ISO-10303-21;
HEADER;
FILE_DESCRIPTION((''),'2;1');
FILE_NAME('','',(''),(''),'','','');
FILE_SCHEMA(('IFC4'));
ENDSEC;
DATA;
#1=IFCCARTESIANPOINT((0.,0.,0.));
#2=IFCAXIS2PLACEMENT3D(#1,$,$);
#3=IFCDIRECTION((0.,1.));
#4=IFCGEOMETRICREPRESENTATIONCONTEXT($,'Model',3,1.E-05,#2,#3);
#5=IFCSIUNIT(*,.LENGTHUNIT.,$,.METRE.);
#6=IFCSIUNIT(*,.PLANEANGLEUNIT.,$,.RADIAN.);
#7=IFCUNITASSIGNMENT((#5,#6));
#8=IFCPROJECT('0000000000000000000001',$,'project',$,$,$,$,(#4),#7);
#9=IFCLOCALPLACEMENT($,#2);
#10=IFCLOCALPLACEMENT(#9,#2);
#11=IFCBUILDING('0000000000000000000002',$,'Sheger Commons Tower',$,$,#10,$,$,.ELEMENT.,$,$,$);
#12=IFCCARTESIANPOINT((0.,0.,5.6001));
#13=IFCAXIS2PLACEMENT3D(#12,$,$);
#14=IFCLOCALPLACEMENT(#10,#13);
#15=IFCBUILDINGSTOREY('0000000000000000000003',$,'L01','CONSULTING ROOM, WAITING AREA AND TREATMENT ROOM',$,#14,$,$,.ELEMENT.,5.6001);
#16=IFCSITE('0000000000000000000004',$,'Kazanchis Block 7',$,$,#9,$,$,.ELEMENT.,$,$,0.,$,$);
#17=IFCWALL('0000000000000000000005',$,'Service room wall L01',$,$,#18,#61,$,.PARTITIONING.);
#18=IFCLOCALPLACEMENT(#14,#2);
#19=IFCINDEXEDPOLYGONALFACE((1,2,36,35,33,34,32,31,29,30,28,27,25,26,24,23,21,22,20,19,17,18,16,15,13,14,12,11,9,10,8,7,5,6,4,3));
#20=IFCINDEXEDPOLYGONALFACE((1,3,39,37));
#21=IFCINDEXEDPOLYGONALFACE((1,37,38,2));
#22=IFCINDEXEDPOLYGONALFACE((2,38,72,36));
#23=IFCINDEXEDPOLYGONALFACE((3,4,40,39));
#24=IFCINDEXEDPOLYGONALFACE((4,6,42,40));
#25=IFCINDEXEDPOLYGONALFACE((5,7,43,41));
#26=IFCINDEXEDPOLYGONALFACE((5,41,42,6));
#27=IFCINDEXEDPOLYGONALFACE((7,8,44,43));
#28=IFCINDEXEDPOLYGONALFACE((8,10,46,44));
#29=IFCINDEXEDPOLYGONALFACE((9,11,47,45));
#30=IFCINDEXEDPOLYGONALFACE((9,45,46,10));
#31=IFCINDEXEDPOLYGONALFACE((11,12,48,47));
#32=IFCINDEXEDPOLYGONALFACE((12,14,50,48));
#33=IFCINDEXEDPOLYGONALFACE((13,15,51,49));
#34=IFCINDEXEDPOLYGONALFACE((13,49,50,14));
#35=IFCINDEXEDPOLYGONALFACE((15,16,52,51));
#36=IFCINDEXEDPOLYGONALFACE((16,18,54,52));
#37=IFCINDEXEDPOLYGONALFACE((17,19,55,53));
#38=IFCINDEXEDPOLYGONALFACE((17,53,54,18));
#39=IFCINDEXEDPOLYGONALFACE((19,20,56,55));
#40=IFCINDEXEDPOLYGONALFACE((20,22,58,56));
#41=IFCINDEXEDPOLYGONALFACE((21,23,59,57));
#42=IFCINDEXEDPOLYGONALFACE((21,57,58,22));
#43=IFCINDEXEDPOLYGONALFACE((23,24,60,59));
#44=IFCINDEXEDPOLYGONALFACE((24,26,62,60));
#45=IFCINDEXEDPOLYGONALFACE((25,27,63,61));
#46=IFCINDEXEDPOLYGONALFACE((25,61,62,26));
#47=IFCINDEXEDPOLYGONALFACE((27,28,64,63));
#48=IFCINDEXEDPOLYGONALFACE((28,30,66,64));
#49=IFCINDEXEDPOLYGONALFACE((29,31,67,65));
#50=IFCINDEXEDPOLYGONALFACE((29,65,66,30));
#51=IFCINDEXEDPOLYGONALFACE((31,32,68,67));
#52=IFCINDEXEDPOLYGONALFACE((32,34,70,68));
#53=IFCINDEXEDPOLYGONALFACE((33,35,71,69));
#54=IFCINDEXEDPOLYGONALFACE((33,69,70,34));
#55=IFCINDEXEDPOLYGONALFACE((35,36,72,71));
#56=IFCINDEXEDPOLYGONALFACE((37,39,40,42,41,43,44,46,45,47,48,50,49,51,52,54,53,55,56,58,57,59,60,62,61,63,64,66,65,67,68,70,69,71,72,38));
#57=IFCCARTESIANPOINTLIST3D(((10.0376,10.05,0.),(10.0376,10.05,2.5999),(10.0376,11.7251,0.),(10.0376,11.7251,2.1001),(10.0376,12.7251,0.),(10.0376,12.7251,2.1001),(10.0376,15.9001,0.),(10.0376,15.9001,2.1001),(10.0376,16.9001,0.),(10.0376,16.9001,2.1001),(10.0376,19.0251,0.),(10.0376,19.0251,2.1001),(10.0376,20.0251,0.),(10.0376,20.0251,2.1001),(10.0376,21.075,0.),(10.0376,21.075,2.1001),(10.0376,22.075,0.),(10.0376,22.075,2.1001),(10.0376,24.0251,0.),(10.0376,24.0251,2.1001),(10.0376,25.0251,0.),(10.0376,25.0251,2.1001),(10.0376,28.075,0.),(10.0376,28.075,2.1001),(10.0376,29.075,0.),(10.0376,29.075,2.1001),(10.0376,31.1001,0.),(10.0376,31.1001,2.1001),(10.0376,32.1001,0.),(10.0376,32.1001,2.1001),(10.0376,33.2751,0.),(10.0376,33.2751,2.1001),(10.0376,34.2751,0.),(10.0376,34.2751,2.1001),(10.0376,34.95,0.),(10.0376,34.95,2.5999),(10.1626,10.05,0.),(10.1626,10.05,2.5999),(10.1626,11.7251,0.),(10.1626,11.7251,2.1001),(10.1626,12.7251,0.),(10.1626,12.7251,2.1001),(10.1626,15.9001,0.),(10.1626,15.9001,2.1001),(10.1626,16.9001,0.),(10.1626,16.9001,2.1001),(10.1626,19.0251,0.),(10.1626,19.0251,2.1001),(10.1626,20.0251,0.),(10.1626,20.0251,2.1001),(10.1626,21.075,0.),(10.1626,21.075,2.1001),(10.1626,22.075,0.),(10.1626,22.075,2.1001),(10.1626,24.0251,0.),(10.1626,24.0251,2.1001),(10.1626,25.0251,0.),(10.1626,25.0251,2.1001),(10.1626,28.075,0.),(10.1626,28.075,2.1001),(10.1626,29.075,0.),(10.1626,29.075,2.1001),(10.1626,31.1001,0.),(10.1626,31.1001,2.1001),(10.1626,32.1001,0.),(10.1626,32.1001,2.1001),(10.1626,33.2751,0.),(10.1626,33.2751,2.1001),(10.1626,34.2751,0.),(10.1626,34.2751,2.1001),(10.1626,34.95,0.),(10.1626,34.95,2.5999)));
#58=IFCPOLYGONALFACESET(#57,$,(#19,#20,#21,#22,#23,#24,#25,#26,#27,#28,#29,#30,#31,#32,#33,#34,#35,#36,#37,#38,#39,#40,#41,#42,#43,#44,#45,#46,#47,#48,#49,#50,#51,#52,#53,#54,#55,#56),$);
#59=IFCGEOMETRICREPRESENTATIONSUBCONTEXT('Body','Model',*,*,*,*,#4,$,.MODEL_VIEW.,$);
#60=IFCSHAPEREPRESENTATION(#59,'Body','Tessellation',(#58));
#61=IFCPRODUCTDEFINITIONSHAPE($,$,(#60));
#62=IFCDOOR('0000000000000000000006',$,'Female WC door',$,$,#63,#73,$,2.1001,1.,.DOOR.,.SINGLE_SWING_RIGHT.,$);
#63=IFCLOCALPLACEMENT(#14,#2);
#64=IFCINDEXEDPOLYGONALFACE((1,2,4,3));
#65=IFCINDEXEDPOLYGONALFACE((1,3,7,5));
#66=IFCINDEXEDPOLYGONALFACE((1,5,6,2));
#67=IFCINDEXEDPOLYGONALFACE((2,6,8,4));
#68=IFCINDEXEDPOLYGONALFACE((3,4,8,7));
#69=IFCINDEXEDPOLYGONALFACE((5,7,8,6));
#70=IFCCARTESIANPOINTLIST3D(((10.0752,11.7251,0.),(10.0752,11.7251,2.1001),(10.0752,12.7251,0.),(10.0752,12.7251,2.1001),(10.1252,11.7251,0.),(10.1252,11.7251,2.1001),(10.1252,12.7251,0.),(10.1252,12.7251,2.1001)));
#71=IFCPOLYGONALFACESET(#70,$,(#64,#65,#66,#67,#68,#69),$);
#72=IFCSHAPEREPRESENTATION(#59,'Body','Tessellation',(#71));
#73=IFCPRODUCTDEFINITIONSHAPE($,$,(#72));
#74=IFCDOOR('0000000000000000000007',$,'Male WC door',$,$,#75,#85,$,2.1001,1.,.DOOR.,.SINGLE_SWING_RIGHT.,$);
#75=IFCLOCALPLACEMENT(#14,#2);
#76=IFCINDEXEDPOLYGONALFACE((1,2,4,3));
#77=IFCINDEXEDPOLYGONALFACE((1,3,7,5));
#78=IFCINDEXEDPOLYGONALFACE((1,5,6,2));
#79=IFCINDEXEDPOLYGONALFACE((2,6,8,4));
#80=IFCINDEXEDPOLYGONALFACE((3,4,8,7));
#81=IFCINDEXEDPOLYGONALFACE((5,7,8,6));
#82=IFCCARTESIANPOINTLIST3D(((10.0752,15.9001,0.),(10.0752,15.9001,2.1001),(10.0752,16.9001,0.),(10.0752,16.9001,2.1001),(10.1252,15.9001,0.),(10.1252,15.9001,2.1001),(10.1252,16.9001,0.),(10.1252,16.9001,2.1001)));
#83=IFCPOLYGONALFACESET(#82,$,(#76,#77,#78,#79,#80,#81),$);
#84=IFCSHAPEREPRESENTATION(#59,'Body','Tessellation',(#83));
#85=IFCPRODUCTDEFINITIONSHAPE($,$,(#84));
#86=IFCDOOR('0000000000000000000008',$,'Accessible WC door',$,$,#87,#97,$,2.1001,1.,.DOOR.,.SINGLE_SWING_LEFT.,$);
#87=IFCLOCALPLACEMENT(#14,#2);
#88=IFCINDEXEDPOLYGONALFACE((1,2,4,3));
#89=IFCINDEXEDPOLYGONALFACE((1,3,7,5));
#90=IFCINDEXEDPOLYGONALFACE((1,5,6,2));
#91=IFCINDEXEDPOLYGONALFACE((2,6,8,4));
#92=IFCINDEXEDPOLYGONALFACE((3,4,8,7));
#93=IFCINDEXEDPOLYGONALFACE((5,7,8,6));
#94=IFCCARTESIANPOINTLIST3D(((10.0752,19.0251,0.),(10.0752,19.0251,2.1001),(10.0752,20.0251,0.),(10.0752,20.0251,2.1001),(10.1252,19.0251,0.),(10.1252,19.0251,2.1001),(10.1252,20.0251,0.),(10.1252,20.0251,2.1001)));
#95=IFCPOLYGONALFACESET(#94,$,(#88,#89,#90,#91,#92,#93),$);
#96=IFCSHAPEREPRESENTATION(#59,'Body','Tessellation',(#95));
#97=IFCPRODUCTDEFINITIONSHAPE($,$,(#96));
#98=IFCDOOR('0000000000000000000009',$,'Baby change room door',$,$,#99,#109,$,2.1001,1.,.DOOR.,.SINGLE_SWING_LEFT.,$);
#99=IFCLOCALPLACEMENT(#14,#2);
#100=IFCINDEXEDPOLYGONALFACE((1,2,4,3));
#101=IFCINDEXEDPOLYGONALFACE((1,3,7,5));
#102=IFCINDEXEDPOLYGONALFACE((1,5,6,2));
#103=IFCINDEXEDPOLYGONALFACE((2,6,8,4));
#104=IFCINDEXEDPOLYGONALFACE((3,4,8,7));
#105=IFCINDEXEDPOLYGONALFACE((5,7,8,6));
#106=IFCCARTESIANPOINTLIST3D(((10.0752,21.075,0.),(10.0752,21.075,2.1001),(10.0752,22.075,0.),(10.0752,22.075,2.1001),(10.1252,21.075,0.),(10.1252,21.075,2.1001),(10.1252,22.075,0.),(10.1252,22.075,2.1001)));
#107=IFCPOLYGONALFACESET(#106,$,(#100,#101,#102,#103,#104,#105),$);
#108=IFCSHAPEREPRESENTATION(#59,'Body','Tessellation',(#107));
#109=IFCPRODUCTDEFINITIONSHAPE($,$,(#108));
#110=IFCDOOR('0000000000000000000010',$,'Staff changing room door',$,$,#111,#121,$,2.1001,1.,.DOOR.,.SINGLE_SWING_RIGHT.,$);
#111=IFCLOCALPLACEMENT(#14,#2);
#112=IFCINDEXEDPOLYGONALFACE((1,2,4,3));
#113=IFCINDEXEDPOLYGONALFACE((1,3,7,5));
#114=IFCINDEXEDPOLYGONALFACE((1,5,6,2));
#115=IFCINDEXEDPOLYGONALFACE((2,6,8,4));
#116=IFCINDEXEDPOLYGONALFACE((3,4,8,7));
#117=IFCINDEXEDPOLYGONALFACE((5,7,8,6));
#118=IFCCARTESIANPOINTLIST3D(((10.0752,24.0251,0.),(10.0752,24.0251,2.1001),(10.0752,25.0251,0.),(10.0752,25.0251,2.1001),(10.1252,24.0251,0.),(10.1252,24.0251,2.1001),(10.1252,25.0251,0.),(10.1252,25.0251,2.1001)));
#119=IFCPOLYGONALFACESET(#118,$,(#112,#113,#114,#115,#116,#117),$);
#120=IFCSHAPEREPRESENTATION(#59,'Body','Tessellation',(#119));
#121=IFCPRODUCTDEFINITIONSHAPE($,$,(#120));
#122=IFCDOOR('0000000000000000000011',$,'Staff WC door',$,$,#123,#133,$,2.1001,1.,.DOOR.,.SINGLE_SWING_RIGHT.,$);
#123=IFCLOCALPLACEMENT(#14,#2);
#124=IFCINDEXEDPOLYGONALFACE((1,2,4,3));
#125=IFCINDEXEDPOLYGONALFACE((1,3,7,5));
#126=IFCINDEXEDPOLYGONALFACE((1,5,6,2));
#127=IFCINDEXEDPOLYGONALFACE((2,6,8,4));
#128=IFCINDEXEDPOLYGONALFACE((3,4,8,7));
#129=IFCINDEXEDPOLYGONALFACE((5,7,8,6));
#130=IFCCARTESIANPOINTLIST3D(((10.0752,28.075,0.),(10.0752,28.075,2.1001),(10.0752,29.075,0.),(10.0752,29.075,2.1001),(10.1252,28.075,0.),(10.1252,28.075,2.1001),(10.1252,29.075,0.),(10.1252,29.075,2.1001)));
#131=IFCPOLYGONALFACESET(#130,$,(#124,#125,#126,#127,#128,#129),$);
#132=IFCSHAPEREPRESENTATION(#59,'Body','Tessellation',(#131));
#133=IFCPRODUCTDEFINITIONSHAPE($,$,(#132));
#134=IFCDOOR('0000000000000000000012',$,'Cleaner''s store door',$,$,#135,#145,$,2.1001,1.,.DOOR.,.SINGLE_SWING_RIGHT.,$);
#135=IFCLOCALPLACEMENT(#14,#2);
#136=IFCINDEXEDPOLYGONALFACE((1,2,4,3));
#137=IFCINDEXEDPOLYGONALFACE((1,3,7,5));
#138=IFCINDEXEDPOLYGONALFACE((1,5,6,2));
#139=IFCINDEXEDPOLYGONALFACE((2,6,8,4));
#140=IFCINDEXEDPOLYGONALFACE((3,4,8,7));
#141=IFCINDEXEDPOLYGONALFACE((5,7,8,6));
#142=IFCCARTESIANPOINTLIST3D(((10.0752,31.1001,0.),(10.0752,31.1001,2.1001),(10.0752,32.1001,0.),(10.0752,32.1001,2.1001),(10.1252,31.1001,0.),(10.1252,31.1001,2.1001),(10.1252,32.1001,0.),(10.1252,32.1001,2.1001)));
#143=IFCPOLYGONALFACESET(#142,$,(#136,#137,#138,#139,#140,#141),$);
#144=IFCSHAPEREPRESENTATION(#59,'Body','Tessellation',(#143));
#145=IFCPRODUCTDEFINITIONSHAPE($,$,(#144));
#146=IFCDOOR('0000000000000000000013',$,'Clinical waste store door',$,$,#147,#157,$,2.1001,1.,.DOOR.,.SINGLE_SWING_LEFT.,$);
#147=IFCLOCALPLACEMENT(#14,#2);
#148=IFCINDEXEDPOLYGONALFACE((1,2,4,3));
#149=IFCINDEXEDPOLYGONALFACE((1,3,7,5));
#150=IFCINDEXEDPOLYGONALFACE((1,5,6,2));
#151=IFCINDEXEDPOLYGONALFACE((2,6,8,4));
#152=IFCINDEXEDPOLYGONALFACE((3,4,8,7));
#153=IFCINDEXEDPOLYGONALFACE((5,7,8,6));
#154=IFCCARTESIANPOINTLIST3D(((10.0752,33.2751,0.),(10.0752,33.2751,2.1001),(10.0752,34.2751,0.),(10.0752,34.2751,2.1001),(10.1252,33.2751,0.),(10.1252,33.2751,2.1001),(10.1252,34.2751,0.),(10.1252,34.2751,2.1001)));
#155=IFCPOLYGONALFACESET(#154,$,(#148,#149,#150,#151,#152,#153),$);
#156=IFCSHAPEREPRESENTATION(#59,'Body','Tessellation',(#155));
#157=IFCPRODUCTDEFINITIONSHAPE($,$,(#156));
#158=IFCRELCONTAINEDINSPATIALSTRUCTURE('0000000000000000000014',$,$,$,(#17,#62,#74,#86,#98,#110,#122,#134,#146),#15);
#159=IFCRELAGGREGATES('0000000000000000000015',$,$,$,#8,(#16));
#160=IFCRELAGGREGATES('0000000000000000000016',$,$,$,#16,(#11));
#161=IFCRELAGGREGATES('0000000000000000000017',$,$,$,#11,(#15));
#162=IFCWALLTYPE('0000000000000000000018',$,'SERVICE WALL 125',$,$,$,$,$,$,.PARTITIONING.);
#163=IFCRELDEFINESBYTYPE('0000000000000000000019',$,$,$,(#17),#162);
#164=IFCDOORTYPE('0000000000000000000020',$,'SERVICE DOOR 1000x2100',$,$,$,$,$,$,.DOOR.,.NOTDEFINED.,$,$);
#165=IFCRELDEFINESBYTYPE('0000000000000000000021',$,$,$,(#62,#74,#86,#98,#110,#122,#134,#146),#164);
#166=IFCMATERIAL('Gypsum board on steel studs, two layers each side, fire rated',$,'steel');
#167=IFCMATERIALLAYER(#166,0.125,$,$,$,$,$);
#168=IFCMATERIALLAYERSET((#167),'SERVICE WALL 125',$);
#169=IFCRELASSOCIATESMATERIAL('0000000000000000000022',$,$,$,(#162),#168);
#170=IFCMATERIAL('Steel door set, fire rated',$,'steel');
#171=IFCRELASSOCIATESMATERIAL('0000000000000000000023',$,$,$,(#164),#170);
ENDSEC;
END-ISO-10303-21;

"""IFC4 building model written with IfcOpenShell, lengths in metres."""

from ifc_helpers import new_model, si_unit, direction, frame, frame_2d, origin, place, context, subcontext, project, spatial, rectangle, extrude, material, layer, layer_set, type_object, element, fill, save


model = new_model("IFC4")

# Units and contexts
model_context = context("Model", 3, precision=1e-05, world=origin(), true_north=direction((0.0, 1.0)))
body_context = subcontext(model_context, "Body", "Model", "MODEL_VIEW")
ifc_project = project(units=[si_unit("LENGTHUNIT", "METRE"), si_unit("PLANEANGLEUNIT", "RADIAN")], contexts=[model_context])

# Site, building, storey
site_placement = place(None, origin())
site = spatial("IfcSite", under=ifc_project, at=site_placement, Name="Kazanchis Block 7", CompositionType="ELEMENT", RefElevation=0.0)
building_placement = place(site_placement, origin())
building = spatial("IfcBuilding", under=site, at=building_placement, Name="Sheger Commons Tower", CompositionType="ELEMENT")
storey_placement = place(building_placement, frame((0.0, 0.0, 5.6001)))
storey = spatial("IfcBuildingStorey", under=building, at=storey_placement, Name="L01", Description="CONSULTING ROOM, WAITING AREA AND TREATMENT ROOM", CompositionType="ELEMENT", Elevation=5.6001)

# Wall, openings, doors
ifc_material_1 = material(Name="Gypsum board on steel studs, two layers each side, fire rated", Category="steel")
ifc_layer_1 = layer(ifc_material_1, 0.125)
ifc_layer_set_1 = layer_set([ifc_layer_1], Name="SERVICE WALL 125")
wall_type_1 = type_object("IfcWallType", Name="SERVICE WALL 125", PredefinedType="PARTITIONING", material=ifc_layer_set_1)
wall_1_placement = place(storey_placement, frame((10.1001, 10.05, 0.0), z_axis=(0.0, 0.0, 1.0), x_axis=(0.0, 1.0, 0.0)))
wall_1 = element("IfcWall", 1, at=wall_1_placement, inside=storey, type_object=wall_type_1, Name="Service room wall L01", PredefinedType="PARTITIONING", context=body_context, shape_type="SweptSolid", body=[
    extrude(rectangle(XDim=24.8999, YDim=0.125, at=frame_2d((12.45, 0.0))), origin(), (0.0, 0.0, 1.0), 2.5999),
])
opening_1_placement = place(wall_1_placement, frame((1.675, 0.0, 0.0)))
opening_1 = element("IfcOpeningElement", 2, at=opening_1_placement, cuts=wall_1, PredefinedType="OPENING", context=body_context, shape_type="SweptSolid", body=[
    extrude(rectangle(XDim=1.0, YDim=2.1001, at=frame_2d((0.5, 1.05))), frame((0.0, 0.0725, 0.0), z_axis=(0.0, -1.0, 0.0), x_axis=(1.0, 0.0, 0.0)), (0.0, 0.0, 1.0), 0.145),
])
opening_2_placement = place(wall_1_placement, frame((5.8501, 0.0, 0.0)))
opening_2 = element("IfcOpeningElement", 3, at=opening_2_placement, cuts=wall_1, PredefinedType="OPENING", context=body_context, shape_type="SweptSolid", body=[
    extrude(rectangle(XDim=1.0, YDim=2.1001, at=frame_2d((0.5, 1.05))), frame((0.0, 0.0725, 0.0), z_axis=(0.0, -1.0, 0.0), x_axis=(1.0, 0.0, 0.0)), (0.0, 0.0, 1.0), 0.145),
])
opening_3_placement = place(wall_1_placement, frame((8.9751, 0.0, 0.0)))
opening_3 = element("IfcOpeningElement", 4, at=opening_3_placement, cuts=wall_1, PredefinedType="OPENING", context=body_context, shape_type="SweptSolid", body=[
    extrude(rectangle(XDim=1.0, YDim=2.1001, at=frame_2d((0.5, 1.05))), frame((0.0, 0.0725, 0.0), z_axis=(0.0, -1.0, 0.0), x_axis=(1.0, 0.0, 0.0)), (0.0, 0.0, 1.0), 0.145),
])
opening_4_placement = place(wall_1_placement, frame((11.0249, 0.0, 0.0)))
opening_4 = element("IfcOpeningElement", 5, at=opening_4_placement, cuts=wall_1, PredefinedType="OPENING", context=body_context, shape_type="SweptSolid", body=[
    extrude(rectangle(XDim=1.0, YDim=2.1001, at=frame_2d((0.5, 1.05))), frame((0.0, 0.0725, 0.0), z_axis=(0.0, -1.0, 0.0), x_axis=(1.0, 0.0, 0.0)), (0.0, 0.0, 1.0), 0.145),
])
opening_5_placement = place(wall_1_placement, frame((13.9751, 0.0, 0.0)))
opening_5 = element("IfcOpeningElement", 6, at=opening_5_placement, cuts=wall_1, PredefinedType="OPENING", context=body_context, shape_type="SweptSolid", body=[
    extrude(rectangle(XDim=1.0, YDim=2.1001, at=frame_2d((0.5, 1.05))), frame((0.0, 0.0725, 0.0), z_axis=(0.0, -1.0, 0.0), x_axis=(1.0, 0.0, 0.0)), (0.0, 0.0, 1.0), 0.145),
])
opening_6_placement = place(wall_1_placement, frame((18.0249, 0.0, 0.0)))
opening_6 = element("IfcOpeningElement", 7, at=opening_6_placement, cuts=wall_1, PredefinedType="OPENING", context=body_context, shape_type="SweptSolid", body=[
    extrude(rectangle(XDim=1.0, YDim=2.1001, at=frame_2d((0.5, 1.05))), frame((0.0, 0.0725, 0.0), z_axis=(0.0, -1.0, 0.0), x_axis=(1.0, 0.0, 0.0)), (0.0, 0.0, 1.0), 0.145),
])
opening_7_placement = place(wall_1_placement, frame((21.05, 0.0, 0.0)))
opening_7 = element("IfcOpeningElement", 8, at=opening_7_placement, cuts=wall_1, PredefinedType="OPENING", context=body_context, shape_type="SweptSolid", body=[
    extrude(rectangle(XDim=1.0, YDim=2.1001, at=frame_2d((0.5, 1.05))), frame((0.0, 0.0725, 0.0), z_axis=(0.0, -1.0, 0.0), x_axis=(1.0, 0.0, 0.0)), (0.0, 0.0, 1.0), 0.145),
])
opening_8_placement = place(wall_1_placement, frame((23.2251, 0.0, 0.0)))
opening_8 = element("IfcOpeningElement", 9, at=opening_8_placement, cuts=wall_1, PredefinedType="OPENING", context=body_context, shape_type="SweptSolid", body=[
    extrude(rectangle(XDim=1.0, YDim=2.1001, at=frame_2d((0.5, 1.05))), frame((0.0, 0.0725, 0.0), z_axis=(0.0, -1.0, 0.0), x_axis=(1.0, 0.0, 0.0)), (0.0, 0.0, 1.0), 0.145),
])
ifc_material_2 = material(Name="Steel door set, fire rated", Category="steel")
door_type_1 = type_object("IfcDoorType", Name="SERVICE DOOR 1000x2100", OperationType="NOTDEFINED", PredefinedType="DOOR", material=ifc_material_2)
door_1_placement = place(opening_1_placement, origin())
door_1 = element("IfcDoor", 10, at=door_1_placement, inside=storey, type_object=door_type_1, Name="Female WC door", OperationType="SINGLE_SWING_RIGHT", OverallHeight=2.1001, OverallWidth=1.0, PredefinedType="DOOR", context=body_context, shape_type="SweptSolid", body=[
    extrude(rectangle(XDim=1.0, YDim=2.1001, at=frame_2d((0.5, 1.05))), frame((0.0, 0.0249, 0.0), z_axis=(0.0, -1.0, 0.0), x_axis=(1.0, 0.0, 0.0)), (0.0, 0.0, 1.0), 0.05),
])
fill(opening_1, door_1)
door_2_placement = place(opening_2_placement, origin())
door_2 = element("IfcDoor", 11, at=door_2_placement, inside=storey, type_object=door_type_1, Name="Male WC door", OperationType="SINGLE_SWING_RIGHT", OverallHeight=2.1001, OverallWidth=1.0, PredefinedType="DOOR", context=body_context, shape_type="SweptSolid", body=[
    extrude(rectangle(XDim=1.0, YDim=2.1001, at=frame_2d((0.5, 1.05))), frame((0.0, 0.0249, 0.0), z_axis=(0.0, -1.0, 0.0), x_axis=(1.0, 0.0, 0.0)), (0.0, 0.0, 1.0), 0.05),
])
fill(opening_2, door_2)
door_3_placement = place(opening_3_placement, origin())
door_3 = element("IfcDoor", 12, at=door_3_placement, inside=storey, type_object=door_type_1, Name="Accessible WC door", OperationType="SINGLE_SWING_LEFT", OverallHeight=2.1001, OverallWidth=1.0, PredefinedType="DOOR", context=body_context, shape_type="SweptSolid", body=[
    extrude(rectangle(XDim=1.0, YDim=2.1001, at=frame_2d((0.5, 1.05))), frame((0.0, 0.0249, 0.0), z_axis=(0.0, -1.0, 0.0), x_axis=(1.0, 0.0, 0.0)), (0.0, 0.0, 1.0), 0.05),
])
fill(opening_3, door_3)
door_4_placement = place(opening_4_placement, origin())
door_4 = element("IfcDoor", 13, at=door_4_placement, inside=storey, type_object=door_type_1, Name="Baby change room door", OperationType="SINGLE_SWING_LEFT", OverallHeight=2.1001, OverallWidth=1.0, PredefinedType="DOOR", context=body_context, shape_type="SweptSolid", body=[
    extrude(rectangle(XDim=1.0, YDim=2.1001, at=frame_2d((0.5, 1.05))), frame((0.0, 0.0249, 0.0), z_axis=(0.0, -1.0, 0.0), x_axis=(1.0, 0.0, 0.0)), (0.0, 0.0, 1.0), 0.05),
])
fill(opening_4, door_4)
door_5_placement = place(opening_5_placement, origin())
door_5 = element("IfcDoor", 14, at=door_5_placement, inside=storey, type_object=door_type_1, Name="Staff changing room door", OperationType="SINGLE_SWING_RIGHT", OverallHeight=2.1001, OverallWidth=1.0, PredefinedType="DOOR", context=body_context, shape_type="SweptSolid", body=[
    extrude(rectangle(XDim=1.0, YDim=2.1001, at=frame_2d((0.5, 1.05))), frame((0.0, 0.0249, 0.0), z_axis=(0.0, -1.0, 0.0), x_axis=(1.0, 0.0, 0.0)), (0.0, 0.0, 1.0), 0.05),
])
fill(opening_5, door_5)
door_6_placement = place(opening_6_placement, origin())
door_6 = element("IfcDoor", 15, at=door_6_placement, inside=storey, type_object=door_type_1, Name="Staff WC door", OperationType="SINGLE_SWING_RIGHT", OverallHeight=2.1001, OverallWidth=1.0, PredefinedType="DOOR", context=body_context, shape_type="SweptSolid", body=[
    extrude(rectangle(XDim=1.0, YDim=2.1001, at=frame_2d((0.5, 1.05))), frame((0.0, 0.0249, 0.0), z_axis=(0.0, -1.0, 0.0), x_axis=(1.0, 0.0, 0.0)), (0.0, 0.0, 1.0), 0.05),
])
fill(opening_6, door_6)
door_7_placement = place(opening_7_placement, origin())
door_7 = element("IfcDoor", 16, at=door_7_placement, inside=storey, type_object=door_type_1, Name="Cleaner's store door", OperationType="SINGLE_SWING_RIGHT", OverallHeight=2.1001, OverallWidth=1.0, PredefinedType="DOOR", context=body_context, shape_type="SweptSolid", body=[
    extrude(rectangle(XDim=1.0, YDim=2.1001, at=frame_2d((0.5, 1.05))), frame((0.0, 0.0249, 0.0), z_axis=(0.0, -1.0, 0.0), x_axis=(1.0, 0.0, 0.0)), (0.0, 0.0, 1.0), 0.05),
])
fill(opening_7, door_7)
door_8_placement = place(opening_8_placement, origin())
door_8 = element("IfcDoor", 17, at=door_8_placement, inside=storey, type_object=door_type_1, Name="Clinical waste store door", OperationType="SINGLE_SWING_LEFT", OverallHeight=2.1001, OverallWidth=1.0, PredefinedType="DOOR", context=body_context, shape_type="SweptSolid", body=[
    extrude(rectangle(XDim=1.0, YDim=2.1001, at=frame_2d((0.5, 1.05))), frame((0.0, 0.0249, 0.0), z_axis=(0.0, -1.0, 0.0), x_axis=(1.0, 0.0, 0.0)), (0.0, 0.0, 1.0), 0.05),
])
fill(opening_8, door_8)

save(model, "model.ifc")
